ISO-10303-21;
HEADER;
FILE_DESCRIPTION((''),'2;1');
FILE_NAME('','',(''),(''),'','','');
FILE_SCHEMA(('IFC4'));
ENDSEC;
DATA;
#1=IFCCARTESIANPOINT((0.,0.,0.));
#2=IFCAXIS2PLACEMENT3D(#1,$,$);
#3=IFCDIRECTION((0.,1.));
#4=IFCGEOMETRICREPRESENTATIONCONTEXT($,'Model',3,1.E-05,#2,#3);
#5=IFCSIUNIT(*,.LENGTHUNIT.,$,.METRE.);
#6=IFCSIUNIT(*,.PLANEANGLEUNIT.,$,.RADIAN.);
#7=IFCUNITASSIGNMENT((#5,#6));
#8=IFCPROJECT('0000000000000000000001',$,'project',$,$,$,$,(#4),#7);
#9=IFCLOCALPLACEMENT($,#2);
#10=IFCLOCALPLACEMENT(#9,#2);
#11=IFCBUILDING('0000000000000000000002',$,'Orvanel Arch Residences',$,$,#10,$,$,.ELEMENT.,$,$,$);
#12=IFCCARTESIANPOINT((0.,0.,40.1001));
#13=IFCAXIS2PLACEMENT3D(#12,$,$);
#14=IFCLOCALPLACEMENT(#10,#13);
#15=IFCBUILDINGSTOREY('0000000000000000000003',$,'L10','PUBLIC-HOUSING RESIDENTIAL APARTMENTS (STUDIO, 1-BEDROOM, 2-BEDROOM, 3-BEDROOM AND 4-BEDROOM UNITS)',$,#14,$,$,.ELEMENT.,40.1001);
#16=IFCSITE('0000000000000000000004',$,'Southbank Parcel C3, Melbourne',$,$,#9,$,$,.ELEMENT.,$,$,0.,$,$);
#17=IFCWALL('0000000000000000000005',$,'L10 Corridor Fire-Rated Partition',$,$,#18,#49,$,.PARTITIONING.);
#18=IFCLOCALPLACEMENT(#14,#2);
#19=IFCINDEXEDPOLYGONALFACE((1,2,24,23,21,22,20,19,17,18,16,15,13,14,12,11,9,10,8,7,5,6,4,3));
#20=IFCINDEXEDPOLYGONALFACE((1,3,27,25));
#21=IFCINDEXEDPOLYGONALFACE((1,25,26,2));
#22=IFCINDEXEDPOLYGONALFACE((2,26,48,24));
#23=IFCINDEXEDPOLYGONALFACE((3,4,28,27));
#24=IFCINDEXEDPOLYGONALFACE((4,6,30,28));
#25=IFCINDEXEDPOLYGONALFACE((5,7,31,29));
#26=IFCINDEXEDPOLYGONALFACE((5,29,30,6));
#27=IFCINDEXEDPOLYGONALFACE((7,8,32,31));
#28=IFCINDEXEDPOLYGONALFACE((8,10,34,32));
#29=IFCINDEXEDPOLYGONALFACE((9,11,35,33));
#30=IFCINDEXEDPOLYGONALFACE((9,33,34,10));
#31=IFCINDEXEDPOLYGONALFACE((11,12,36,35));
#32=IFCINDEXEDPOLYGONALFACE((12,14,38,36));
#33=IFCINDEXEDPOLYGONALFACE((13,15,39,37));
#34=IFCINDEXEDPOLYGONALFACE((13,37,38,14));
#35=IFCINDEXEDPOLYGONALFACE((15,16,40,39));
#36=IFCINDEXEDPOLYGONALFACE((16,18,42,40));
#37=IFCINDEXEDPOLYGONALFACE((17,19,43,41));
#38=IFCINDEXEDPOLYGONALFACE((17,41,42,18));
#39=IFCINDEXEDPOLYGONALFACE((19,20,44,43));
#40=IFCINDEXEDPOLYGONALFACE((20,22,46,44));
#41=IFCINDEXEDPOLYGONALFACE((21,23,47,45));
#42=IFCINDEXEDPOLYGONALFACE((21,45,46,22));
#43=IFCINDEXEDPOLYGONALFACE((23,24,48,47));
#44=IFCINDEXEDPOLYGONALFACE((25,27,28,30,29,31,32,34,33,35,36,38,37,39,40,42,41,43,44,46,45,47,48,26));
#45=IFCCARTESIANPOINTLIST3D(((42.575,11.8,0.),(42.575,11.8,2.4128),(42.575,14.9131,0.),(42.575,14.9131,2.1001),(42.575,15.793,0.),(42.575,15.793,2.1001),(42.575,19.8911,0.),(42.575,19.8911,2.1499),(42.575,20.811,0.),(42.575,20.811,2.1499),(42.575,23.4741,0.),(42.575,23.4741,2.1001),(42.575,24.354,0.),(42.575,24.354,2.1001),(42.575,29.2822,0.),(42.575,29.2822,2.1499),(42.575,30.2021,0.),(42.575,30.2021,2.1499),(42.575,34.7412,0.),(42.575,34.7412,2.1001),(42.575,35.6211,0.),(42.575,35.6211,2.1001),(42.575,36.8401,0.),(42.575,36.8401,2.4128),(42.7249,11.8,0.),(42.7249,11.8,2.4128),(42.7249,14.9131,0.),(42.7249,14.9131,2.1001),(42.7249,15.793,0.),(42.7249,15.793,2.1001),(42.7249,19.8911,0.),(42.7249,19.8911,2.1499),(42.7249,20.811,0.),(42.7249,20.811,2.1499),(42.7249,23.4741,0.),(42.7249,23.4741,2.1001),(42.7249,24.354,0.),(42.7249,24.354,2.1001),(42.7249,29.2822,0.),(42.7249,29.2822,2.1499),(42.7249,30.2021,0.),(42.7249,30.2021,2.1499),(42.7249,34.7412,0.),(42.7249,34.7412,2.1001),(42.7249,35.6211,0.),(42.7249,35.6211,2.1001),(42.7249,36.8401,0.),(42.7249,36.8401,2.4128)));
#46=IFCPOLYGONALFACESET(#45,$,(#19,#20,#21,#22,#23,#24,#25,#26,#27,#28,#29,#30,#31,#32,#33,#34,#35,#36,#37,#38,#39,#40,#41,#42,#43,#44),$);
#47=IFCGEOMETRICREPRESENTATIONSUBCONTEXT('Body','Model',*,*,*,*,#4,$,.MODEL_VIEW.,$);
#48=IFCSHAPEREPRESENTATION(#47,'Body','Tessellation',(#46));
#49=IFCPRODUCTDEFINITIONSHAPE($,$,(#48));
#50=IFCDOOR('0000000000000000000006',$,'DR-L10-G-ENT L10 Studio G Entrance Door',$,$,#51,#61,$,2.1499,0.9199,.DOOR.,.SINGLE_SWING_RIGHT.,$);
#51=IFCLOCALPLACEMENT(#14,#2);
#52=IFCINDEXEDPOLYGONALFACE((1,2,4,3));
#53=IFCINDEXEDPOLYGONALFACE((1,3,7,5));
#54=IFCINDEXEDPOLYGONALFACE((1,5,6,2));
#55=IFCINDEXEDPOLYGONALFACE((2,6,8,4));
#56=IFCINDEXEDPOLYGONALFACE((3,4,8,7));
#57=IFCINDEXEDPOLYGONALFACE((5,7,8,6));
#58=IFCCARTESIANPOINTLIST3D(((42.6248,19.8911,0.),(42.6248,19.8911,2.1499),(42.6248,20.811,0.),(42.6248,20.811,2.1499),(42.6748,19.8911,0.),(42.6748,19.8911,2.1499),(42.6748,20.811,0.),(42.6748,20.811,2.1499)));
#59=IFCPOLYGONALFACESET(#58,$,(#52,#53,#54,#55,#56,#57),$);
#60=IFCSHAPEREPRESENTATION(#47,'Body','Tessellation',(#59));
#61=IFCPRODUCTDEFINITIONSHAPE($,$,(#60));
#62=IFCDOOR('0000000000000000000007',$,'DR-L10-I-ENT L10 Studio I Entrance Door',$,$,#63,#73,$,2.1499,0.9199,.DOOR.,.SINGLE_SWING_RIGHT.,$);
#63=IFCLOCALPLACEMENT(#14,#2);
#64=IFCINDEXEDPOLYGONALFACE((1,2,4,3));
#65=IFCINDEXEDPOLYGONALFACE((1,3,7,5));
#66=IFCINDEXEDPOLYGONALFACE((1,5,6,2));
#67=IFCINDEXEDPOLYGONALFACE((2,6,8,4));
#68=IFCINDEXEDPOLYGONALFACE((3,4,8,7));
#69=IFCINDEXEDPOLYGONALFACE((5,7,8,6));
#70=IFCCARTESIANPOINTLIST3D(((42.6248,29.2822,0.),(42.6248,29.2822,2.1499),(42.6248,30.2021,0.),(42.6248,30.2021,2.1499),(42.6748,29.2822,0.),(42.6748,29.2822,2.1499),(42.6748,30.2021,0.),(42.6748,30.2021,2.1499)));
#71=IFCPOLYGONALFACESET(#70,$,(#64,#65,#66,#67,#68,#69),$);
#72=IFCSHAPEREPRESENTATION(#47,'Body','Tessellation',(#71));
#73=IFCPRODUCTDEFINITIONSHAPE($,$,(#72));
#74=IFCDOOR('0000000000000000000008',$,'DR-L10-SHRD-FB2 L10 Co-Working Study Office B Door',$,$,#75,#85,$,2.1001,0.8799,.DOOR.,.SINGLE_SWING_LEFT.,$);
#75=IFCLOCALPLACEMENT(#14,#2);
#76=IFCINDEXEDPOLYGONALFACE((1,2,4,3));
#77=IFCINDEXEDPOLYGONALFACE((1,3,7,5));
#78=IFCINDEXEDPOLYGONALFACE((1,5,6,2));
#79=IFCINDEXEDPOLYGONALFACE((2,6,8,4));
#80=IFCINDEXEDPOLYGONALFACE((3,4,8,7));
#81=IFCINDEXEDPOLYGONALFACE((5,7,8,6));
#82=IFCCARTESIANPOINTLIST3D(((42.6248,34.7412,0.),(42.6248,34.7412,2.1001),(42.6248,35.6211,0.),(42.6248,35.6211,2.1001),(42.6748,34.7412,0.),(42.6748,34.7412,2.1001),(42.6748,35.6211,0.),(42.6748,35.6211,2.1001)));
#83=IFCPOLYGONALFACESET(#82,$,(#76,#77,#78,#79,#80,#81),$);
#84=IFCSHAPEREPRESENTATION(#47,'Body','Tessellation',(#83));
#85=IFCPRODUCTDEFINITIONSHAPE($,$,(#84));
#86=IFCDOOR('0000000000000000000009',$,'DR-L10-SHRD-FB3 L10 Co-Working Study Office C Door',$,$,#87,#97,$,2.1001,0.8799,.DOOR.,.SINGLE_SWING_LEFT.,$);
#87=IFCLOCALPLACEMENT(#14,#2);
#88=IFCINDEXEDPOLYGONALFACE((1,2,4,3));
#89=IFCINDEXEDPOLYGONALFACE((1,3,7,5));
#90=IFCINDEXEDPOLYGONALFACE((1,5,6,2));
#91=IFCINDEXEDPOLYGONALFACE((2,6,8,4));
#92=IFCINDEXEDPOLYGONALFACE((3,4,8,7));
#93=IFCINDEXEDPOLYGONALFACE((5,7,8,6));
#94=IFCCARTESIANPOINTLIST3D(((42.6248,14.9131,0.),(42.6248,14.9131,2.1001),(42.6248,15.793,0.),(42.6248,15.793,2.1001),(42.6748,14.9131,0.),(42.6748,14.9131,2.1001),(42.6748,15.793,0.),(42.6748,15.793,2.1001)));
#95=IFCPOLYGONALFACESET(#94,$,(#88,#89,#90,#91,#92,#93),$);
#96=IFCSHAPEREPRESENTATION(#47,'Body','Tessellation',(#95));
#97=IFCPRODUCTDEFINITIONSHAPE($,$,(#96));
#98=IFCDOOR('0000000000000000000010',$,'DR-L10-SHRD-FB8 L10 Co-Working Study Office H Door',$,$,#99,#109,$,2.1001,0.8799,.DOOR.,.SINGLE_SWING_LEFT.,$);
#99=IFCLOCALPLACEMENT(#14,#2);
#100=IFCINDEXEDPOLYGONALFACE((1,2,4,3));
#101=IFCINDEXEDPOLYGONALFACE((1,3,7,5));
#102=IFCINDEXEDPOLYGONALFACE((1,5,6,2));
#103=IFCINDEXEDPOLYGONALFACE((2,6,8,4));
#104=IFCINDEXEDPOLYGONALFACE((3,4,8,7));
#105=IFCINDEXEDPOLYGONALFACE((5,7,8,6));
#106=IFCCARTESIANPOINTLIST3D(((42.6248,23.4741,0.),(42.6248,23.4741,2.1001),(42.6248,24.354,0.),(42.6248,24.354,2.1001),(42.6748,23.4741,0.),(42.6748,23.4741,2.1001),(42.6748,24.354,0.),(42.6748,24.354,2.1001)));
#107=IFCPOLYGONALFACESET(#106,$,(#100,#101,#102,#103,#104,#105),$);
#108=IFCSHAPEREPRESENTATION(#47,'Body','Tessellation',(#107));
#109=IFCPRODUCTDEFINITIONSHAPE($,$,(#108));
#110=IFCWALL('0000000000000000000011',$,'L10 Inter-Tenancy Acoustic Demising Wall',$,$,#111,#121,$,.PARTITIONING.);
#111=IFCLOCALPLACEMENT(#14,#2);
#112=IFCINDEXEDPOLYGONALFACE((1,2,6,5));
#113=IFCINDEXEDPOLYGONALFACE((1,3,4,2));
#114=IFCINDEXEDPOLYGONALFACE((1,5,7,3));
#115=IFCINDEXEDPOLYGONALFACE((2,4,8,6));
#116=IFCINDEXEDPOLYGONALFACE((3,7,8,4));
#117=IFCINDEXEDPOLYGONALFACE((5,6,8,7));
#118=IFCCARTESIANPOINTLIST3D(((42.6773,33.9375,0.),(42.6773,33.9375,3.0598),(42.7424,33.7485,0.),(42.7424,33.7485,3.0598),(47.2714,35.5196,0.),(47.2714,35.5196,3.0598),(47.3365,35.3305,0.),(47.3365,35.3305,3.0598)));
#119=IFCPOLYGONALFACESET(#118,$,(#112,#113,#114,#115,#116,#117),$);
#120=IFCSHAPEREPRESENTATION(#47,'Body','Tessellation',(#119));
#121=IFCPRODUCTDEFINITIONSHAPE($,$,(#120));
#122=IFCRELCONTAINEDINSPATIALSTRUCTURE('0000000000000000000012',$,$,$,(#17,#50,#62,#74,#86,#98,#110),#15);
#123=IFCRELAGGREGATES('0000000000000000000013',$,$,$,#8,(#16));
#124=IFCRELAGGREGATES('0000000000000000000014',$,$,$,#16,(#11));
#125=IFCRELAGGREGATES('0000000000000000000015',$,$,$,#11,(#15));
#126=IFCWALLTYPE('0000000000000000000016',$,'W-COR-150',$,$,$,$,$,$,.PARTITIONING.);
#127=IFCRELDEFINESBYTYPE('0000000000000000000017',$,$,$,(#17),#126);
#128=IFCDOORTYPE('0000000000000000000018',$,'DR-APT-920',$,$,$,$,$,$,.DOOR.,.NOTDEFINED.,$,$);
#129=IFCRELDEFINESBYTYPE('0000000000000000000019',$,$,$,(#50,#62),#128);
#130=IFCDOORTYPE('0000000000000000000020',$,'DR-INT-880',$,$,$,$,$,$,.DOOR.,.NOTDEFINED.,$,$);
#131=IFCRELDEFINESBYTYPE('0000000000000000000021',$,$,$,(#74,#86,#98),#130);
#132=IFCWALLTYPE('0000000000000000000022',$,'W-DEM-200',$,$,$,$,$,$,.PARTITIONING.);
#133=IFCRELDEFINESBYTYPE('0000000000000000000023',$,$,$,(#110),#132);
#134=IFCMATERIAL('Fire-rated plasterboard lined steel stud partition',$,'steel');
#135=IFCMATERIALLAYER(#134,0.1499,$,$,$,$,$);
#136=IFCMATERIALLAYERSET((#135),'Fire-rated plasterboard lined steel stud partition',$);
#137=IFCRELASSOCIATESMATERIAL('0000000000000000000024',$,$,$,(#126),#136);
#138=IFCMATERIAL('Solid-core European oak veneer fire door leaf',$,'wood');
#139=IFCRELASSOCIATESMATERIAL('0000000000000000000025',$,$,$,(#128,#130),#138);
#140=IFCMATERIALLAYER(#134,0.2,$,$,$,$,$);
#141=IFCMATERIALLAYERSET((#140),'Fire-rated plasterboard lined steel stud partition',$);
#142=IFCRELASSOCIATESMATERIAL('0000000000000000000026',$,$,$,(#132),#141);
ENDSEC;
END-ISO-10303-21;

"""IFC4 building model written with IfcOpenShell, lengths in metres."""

from ifc_helpers import new_model, si_unit, direction, frame, frame_2d, origin, place, context, subcontext, project, spatial, rectangle, extrude, material, layer, layer_set, type_object, element, fill, save


model = new_model("IFC4")

# Units and contexts
model_context = context("Model", 3, precision=1e-05, world=origin(), true_north=direction((0.0, 1.0)))
body_context = subcontext(model_context, "Body", "Model", "MODEL_VIEW")
ifc_project = project(units=[si_unit("LENGTHUNIT", "METRE"), si_unit("PLANEANGLEUNIT", "RADIAN")], contexts=[model_context])

# Site, building, storey
site_placement = place(None, origin())
site = spatial("IfcSite", under=ifc_project, at=site_placement, Name="Southbank Parcel C3, Melbourne", CompositionType="ELEMENT", RefElevation=0.0)
building_placement = place(site_placement, origin())
building = spatial("IfcBuilding", under=site, at=building_placement, Name="Orvanel Arch Residences", CompositionType="ELEMENT")
storey_placement = place(building_placement, frame((0.0, 0.0, 40.1001)))
storey = spatial("IfcBuildingStorey", under=building, at=storey_placement, Name="L10", Description="PUBLIC-HOUSING RESIDENTIAL APARTMENTS (STUDIO, 1-BEDROOM, 2-BEDROOM, 3-BEDROOM AND 4-BEDROOM UNITS)", CompositionType="ELEMENT", Elevation=40.1001)

# Shared definitions
ifc_material_1 = material(Name="Fire-rated plasterboard lined steel stud partition", Category="steel")
ifc_layer_1 = layer(ifc_material_1, 0.1499)
ifc_layer_set_1 = layer_set([ifc_layer_1], Name="Fire-rated plasterboard lined steel stud partition")
wall_type_1 = type_object("IfcWallType", Name="W-COR-150", PredefinedType="PARTITIONING", material=ifc_layer_set_1)

# Wall, openings, doors
wall_1_placement = place(storey_placement, frame((42.6499, 36.8401, 0.0), z_axis=(0.0, 0.0, 1.0), x_axis=(0.0, -1.0, 0.0)))
wall_1 = element("IfcWall", 1, at=wall_1_placement, inside=storey, type_object=wall_type_1, Name="L10 Corridor Fire-Rated Partition", PredefinedType="PARTITIONING", context=body_context, shape_type="SweptSolid", body=[
    extrude(rectangle(XDim=25.04, YDim=0.1499, at=frame_2d((12.52, 0.0))), origin(), (0.0, 0.0, 1.0), 2.4128),
])
opening_1_placement = place(wall_1_placement, frame((1.219, 0.0, 0.0)))
opening_1 = element("IfcOpeningElement", 2, at=opening_1_placement, cuts=wall_1, PredefinedType="OPENING", context=body_context, shape_type="SweptSolid", body=[
    extrude(rectangle(XDim=0.8799, YDim=2.1001, at=frame_2d((0.4399, 1.05))), frame((0.0, 0.085, 0.0), z_axis=(0.0, -1.0, 0.0), x_axis=(1.0, 0.0, 0.0)), (0.0, 0.0, 1.0), 0.1699),
])
opening_2_placement = place(wall_1_placement, frame((21.0471, 0.0, 0.0)))
opening_2 = element("IfcOpeningElement", 3, at=opening_2_placement, cuts=wall_1, PredefinedType="OPENING", context=body_context, shape_type="SweptSolid", body=[
    extrude(rectangle(XDim=0.8799, YDim=2.1001, at=frame_2d((0.4399, 1.05))), frame((0.0, 0.085, 0.0), z_axis=(0.0, -1.0, 0.0), x_axis=(1.0, 0.0, 0.0)), (0.0, 0.0, 1.0), 0.1699),
])
opening_3_placement = place(wall_1_placement, frame((16.0291, 0.0, 0.0)))
opening_3 = element("IfcOpeningElement", 4, at=opening_3_placement, cuts=wall_1, PredefinedType="OPENING", context=body_context, shape_type="SweptSolid", body=[
    extrude(rectangle(XDim=0.9199, YDim=2.1499, at=frame_2d((0.46, 1.075))), frame((0.0, 0.085, 0.0), z_axis=(0.0, -1.0, 0.0), x_axis=(1.0, 0.0, 0.0)), (0.0, 0.0, 1.0), 0.1699),
])
opening_4_placement = place(wall_1_placement, frame((12.4861, 0.0, 0.0)))
opening_4 = element("IfcOpeningElement", 5, at=opening_4_placement, cuts=wall_1, PredefinedType="OPENING", context=body_context, shape_type="SweptSolid", body=[
    extrude(rectangle(XDim=0.8799, YDim=2.1001, at=frame_2d((0.4399, 1.05))), frame((0.0, 0.085, 0.0), z_axis=(0.0, -1.0, 0.0), x_axis=(1.0, 0.0, 0.0)), (0.0, 0.0, 1.0), 0.1699),
])
opening_5_placement = place(wall_1_placement, frame((6.6379, 0.0, 0.0)))
opening_5 = element("IfcOpeningElement", 6, at=opening_5_placement, cuts=wall_1, PredefinedType="OPENING", context=body_context, shape_type="SweptSolid", body=[
    extrude(rectangle(XDim=0.9199, YDim=2.1499, at=frame_2d((0.46, 1.075))), frame((0.0, 0.085, 0.0), z_axis=(0.0, -1.0, 0.0), x_axis=(1.0, 0.0, 0.0)), (0.0, 0.0, 1.0), 0.1699),
])
ifc_material_2 = material(Name="Solid-core European oak veneer fire door leaf", Category="wood")
door_type_1 = type_object("IfcDoorType", Name="DR-APT-920", OperationType="NOTDEFINED", PredefinedType="DOOR", material=ifc_material_2)
door_1_placement = place(opening_3_placement, origin())
door_1 = element("IfcDoor", 7, at=door_1_placement, inside=storey, type_object=door_type_1, Name="DR-L10-G-ENT L10 Studio G Entrance Door", OperationType="SINGLE_SWING_RIGHT", OverallHeight=2.1499, OverallWidth=0.9199, PredefinedType="DOOR", context=body_context, shape_type="SweptSolid", body=[
    extrude(rectangle(XDim=0.9199, YDim=2.1499, at=frame_2d((0.46, 1.075))), frame((0.0, 0.0249, 0.0), z_axis=(0.0, -1.0, 0.0), x_axis=(1.0, 0.0, 0.0)), (0.0, 0.0, 1.0), 0.05),
])
fill(opening_3, door_1)
door_2_placement = place(opening_5_placement, origin())
door_2 = element("IfcDoor", 8, at=door_2_placement, inside=storey, type_object=door_type_1, Name="DR-L10-I-ENT L10 Studio I Entrance Door", OperationType="SINGLE_SWING_RIGHT", OverallHeight=2.1499, OverallWidth=0.9199, PredefinedType="DOOR", context=body_context, shape_type="SweptSolid", body=[
    extrude(rectangle(XDim=0.9199, YDim=2.1499, at=frame_2d((0.46, 1.075))), frame((0.0, 0.0249, 0.0), z_axis=(0.0, -1.0, 0.0), x_axis=(1.0, 0.0, 0.0)), (0.0, 0.0, 1.0), 0.05),
])
fill(opening_5, door_2)
door_type_2 = type_object("IfcDoorType", Name="DR-INT-880", OperationType="NOTDEFINED", PredefinedType="DOOR", material=ifc_material_2)
door_3_placement = place(opening_1_placement, origin())
door_3 = element("IfcDoor", 9, at=door_3_placement, inside=storey, type_object=door_type_2, Name="DR-L10-SHRD-FB2 L10 Co-Working Study Office B Door", OperationType="SINGLE_SWING_LEFT", OverallHeight=2.1001, OverallWidth=0.8799, PredefinedType="DOOR", context=body_context, shape_type="SweptSolid", body=[
    extrude(rectangle(XDim=0.8799, YDim=2.1001, at=frame_2d((0.4399, 1.05))), frame((0.0, 0.0249, 0.0), z_axis=(0.0, -1.0, 0.0), x_axis=(1.0, 0.0, 0.0)), (0.0, 0.0, 1.0), 0.05),
])
fill(opening_1, door_3)
door_4_placement = place(opening_2_placement, origin())
door_4 = element("IfcDoor", 10, at=door_4_placement, inside=storey, type_object=door_type_2, Name="DR-L10-SHRD-FB3 L10 Co-Working Study Office C Door", OperationType="SINGLE_SWING_LEFT", OverallHeight=2.1001, OverallWidth=0.8799, PredefinedType="DOOR", context=body_context, shape_type="SweptSolid", body=[
    extrude(rectangle(XDim=0.8799, YDim=2.1001, at=frame_2d((0.4399, 1.05))), frame((0.0, 0.0249, 0.0), z_axis=(0.0, -1.0, 0.0), x_axis=(1.0, 0.0, 0.0)), (0.0, 0.0, 1.0), 0.05),
])
fill(opening_2, door_4)
door_5_placement = place(opening_4_placement, origin())
door_5 = element("IfcDoor", 11, at=door_5_placement, inside=storey, type_object=door_type_2, Name="DR-L10-SHRD-FB8 L10 Co-Working Study Office H Door", OperationType="SINGLE_SWING_LEFT", OverallHeight=2.1001, OverallWidth=0.8799, PredefinedType="DOOR", context=body_context, shape_type="SweptSolid", body=[
    extrude(rectangle(XDim=0.8799, YDim=2.1001, at=frame_2d((0.4399, 1.05))), frame((0.0, 0.0249, 0.0), z_axis=(0.0, -1.0, 0.0), x_axis=(1.0, 0.0, 0.0)), (0.0, 0.0, 1.0), 0.05),
])
fill(opening_4, door_5)

# Wall
ifc_layer_2 = layer(ifc_material_1, 0.2)
ifc_layer_set_2 = layer_set([ifc_layer_2], Name="Fire-rated plasterboard lined steel stud partition")
wall_type_2 = type_object("IfcWallType", Name="W-DEM-200", PredefinedType="PARTITIONING", material=ifc_layer_set_2)
wall_2_placement = place(storey_placement, frame((47.304, 35.425, 0.0), z_axis=(0.0, 0.0, 1.0), x_axis=(-0.945506, -0.325604, 0.0)))
element("IfcWall", 12, at=wall_2_placement, inside=storey, type_object=wall_type_2, Name="L10 Inter-Tenancy Acoustic Demising Wall", PredefinedType="PARTITIONING", context=body_context, shape_type="SweptSolid", body=[
    extrude(rectangle(XDim=4.8589, YDim=0.2, at=frame_2d((2.4294, 0.0))), origin(), (0.0, 0.0, 1.0), 3.0598),
])

save(model, "model.ifc")
